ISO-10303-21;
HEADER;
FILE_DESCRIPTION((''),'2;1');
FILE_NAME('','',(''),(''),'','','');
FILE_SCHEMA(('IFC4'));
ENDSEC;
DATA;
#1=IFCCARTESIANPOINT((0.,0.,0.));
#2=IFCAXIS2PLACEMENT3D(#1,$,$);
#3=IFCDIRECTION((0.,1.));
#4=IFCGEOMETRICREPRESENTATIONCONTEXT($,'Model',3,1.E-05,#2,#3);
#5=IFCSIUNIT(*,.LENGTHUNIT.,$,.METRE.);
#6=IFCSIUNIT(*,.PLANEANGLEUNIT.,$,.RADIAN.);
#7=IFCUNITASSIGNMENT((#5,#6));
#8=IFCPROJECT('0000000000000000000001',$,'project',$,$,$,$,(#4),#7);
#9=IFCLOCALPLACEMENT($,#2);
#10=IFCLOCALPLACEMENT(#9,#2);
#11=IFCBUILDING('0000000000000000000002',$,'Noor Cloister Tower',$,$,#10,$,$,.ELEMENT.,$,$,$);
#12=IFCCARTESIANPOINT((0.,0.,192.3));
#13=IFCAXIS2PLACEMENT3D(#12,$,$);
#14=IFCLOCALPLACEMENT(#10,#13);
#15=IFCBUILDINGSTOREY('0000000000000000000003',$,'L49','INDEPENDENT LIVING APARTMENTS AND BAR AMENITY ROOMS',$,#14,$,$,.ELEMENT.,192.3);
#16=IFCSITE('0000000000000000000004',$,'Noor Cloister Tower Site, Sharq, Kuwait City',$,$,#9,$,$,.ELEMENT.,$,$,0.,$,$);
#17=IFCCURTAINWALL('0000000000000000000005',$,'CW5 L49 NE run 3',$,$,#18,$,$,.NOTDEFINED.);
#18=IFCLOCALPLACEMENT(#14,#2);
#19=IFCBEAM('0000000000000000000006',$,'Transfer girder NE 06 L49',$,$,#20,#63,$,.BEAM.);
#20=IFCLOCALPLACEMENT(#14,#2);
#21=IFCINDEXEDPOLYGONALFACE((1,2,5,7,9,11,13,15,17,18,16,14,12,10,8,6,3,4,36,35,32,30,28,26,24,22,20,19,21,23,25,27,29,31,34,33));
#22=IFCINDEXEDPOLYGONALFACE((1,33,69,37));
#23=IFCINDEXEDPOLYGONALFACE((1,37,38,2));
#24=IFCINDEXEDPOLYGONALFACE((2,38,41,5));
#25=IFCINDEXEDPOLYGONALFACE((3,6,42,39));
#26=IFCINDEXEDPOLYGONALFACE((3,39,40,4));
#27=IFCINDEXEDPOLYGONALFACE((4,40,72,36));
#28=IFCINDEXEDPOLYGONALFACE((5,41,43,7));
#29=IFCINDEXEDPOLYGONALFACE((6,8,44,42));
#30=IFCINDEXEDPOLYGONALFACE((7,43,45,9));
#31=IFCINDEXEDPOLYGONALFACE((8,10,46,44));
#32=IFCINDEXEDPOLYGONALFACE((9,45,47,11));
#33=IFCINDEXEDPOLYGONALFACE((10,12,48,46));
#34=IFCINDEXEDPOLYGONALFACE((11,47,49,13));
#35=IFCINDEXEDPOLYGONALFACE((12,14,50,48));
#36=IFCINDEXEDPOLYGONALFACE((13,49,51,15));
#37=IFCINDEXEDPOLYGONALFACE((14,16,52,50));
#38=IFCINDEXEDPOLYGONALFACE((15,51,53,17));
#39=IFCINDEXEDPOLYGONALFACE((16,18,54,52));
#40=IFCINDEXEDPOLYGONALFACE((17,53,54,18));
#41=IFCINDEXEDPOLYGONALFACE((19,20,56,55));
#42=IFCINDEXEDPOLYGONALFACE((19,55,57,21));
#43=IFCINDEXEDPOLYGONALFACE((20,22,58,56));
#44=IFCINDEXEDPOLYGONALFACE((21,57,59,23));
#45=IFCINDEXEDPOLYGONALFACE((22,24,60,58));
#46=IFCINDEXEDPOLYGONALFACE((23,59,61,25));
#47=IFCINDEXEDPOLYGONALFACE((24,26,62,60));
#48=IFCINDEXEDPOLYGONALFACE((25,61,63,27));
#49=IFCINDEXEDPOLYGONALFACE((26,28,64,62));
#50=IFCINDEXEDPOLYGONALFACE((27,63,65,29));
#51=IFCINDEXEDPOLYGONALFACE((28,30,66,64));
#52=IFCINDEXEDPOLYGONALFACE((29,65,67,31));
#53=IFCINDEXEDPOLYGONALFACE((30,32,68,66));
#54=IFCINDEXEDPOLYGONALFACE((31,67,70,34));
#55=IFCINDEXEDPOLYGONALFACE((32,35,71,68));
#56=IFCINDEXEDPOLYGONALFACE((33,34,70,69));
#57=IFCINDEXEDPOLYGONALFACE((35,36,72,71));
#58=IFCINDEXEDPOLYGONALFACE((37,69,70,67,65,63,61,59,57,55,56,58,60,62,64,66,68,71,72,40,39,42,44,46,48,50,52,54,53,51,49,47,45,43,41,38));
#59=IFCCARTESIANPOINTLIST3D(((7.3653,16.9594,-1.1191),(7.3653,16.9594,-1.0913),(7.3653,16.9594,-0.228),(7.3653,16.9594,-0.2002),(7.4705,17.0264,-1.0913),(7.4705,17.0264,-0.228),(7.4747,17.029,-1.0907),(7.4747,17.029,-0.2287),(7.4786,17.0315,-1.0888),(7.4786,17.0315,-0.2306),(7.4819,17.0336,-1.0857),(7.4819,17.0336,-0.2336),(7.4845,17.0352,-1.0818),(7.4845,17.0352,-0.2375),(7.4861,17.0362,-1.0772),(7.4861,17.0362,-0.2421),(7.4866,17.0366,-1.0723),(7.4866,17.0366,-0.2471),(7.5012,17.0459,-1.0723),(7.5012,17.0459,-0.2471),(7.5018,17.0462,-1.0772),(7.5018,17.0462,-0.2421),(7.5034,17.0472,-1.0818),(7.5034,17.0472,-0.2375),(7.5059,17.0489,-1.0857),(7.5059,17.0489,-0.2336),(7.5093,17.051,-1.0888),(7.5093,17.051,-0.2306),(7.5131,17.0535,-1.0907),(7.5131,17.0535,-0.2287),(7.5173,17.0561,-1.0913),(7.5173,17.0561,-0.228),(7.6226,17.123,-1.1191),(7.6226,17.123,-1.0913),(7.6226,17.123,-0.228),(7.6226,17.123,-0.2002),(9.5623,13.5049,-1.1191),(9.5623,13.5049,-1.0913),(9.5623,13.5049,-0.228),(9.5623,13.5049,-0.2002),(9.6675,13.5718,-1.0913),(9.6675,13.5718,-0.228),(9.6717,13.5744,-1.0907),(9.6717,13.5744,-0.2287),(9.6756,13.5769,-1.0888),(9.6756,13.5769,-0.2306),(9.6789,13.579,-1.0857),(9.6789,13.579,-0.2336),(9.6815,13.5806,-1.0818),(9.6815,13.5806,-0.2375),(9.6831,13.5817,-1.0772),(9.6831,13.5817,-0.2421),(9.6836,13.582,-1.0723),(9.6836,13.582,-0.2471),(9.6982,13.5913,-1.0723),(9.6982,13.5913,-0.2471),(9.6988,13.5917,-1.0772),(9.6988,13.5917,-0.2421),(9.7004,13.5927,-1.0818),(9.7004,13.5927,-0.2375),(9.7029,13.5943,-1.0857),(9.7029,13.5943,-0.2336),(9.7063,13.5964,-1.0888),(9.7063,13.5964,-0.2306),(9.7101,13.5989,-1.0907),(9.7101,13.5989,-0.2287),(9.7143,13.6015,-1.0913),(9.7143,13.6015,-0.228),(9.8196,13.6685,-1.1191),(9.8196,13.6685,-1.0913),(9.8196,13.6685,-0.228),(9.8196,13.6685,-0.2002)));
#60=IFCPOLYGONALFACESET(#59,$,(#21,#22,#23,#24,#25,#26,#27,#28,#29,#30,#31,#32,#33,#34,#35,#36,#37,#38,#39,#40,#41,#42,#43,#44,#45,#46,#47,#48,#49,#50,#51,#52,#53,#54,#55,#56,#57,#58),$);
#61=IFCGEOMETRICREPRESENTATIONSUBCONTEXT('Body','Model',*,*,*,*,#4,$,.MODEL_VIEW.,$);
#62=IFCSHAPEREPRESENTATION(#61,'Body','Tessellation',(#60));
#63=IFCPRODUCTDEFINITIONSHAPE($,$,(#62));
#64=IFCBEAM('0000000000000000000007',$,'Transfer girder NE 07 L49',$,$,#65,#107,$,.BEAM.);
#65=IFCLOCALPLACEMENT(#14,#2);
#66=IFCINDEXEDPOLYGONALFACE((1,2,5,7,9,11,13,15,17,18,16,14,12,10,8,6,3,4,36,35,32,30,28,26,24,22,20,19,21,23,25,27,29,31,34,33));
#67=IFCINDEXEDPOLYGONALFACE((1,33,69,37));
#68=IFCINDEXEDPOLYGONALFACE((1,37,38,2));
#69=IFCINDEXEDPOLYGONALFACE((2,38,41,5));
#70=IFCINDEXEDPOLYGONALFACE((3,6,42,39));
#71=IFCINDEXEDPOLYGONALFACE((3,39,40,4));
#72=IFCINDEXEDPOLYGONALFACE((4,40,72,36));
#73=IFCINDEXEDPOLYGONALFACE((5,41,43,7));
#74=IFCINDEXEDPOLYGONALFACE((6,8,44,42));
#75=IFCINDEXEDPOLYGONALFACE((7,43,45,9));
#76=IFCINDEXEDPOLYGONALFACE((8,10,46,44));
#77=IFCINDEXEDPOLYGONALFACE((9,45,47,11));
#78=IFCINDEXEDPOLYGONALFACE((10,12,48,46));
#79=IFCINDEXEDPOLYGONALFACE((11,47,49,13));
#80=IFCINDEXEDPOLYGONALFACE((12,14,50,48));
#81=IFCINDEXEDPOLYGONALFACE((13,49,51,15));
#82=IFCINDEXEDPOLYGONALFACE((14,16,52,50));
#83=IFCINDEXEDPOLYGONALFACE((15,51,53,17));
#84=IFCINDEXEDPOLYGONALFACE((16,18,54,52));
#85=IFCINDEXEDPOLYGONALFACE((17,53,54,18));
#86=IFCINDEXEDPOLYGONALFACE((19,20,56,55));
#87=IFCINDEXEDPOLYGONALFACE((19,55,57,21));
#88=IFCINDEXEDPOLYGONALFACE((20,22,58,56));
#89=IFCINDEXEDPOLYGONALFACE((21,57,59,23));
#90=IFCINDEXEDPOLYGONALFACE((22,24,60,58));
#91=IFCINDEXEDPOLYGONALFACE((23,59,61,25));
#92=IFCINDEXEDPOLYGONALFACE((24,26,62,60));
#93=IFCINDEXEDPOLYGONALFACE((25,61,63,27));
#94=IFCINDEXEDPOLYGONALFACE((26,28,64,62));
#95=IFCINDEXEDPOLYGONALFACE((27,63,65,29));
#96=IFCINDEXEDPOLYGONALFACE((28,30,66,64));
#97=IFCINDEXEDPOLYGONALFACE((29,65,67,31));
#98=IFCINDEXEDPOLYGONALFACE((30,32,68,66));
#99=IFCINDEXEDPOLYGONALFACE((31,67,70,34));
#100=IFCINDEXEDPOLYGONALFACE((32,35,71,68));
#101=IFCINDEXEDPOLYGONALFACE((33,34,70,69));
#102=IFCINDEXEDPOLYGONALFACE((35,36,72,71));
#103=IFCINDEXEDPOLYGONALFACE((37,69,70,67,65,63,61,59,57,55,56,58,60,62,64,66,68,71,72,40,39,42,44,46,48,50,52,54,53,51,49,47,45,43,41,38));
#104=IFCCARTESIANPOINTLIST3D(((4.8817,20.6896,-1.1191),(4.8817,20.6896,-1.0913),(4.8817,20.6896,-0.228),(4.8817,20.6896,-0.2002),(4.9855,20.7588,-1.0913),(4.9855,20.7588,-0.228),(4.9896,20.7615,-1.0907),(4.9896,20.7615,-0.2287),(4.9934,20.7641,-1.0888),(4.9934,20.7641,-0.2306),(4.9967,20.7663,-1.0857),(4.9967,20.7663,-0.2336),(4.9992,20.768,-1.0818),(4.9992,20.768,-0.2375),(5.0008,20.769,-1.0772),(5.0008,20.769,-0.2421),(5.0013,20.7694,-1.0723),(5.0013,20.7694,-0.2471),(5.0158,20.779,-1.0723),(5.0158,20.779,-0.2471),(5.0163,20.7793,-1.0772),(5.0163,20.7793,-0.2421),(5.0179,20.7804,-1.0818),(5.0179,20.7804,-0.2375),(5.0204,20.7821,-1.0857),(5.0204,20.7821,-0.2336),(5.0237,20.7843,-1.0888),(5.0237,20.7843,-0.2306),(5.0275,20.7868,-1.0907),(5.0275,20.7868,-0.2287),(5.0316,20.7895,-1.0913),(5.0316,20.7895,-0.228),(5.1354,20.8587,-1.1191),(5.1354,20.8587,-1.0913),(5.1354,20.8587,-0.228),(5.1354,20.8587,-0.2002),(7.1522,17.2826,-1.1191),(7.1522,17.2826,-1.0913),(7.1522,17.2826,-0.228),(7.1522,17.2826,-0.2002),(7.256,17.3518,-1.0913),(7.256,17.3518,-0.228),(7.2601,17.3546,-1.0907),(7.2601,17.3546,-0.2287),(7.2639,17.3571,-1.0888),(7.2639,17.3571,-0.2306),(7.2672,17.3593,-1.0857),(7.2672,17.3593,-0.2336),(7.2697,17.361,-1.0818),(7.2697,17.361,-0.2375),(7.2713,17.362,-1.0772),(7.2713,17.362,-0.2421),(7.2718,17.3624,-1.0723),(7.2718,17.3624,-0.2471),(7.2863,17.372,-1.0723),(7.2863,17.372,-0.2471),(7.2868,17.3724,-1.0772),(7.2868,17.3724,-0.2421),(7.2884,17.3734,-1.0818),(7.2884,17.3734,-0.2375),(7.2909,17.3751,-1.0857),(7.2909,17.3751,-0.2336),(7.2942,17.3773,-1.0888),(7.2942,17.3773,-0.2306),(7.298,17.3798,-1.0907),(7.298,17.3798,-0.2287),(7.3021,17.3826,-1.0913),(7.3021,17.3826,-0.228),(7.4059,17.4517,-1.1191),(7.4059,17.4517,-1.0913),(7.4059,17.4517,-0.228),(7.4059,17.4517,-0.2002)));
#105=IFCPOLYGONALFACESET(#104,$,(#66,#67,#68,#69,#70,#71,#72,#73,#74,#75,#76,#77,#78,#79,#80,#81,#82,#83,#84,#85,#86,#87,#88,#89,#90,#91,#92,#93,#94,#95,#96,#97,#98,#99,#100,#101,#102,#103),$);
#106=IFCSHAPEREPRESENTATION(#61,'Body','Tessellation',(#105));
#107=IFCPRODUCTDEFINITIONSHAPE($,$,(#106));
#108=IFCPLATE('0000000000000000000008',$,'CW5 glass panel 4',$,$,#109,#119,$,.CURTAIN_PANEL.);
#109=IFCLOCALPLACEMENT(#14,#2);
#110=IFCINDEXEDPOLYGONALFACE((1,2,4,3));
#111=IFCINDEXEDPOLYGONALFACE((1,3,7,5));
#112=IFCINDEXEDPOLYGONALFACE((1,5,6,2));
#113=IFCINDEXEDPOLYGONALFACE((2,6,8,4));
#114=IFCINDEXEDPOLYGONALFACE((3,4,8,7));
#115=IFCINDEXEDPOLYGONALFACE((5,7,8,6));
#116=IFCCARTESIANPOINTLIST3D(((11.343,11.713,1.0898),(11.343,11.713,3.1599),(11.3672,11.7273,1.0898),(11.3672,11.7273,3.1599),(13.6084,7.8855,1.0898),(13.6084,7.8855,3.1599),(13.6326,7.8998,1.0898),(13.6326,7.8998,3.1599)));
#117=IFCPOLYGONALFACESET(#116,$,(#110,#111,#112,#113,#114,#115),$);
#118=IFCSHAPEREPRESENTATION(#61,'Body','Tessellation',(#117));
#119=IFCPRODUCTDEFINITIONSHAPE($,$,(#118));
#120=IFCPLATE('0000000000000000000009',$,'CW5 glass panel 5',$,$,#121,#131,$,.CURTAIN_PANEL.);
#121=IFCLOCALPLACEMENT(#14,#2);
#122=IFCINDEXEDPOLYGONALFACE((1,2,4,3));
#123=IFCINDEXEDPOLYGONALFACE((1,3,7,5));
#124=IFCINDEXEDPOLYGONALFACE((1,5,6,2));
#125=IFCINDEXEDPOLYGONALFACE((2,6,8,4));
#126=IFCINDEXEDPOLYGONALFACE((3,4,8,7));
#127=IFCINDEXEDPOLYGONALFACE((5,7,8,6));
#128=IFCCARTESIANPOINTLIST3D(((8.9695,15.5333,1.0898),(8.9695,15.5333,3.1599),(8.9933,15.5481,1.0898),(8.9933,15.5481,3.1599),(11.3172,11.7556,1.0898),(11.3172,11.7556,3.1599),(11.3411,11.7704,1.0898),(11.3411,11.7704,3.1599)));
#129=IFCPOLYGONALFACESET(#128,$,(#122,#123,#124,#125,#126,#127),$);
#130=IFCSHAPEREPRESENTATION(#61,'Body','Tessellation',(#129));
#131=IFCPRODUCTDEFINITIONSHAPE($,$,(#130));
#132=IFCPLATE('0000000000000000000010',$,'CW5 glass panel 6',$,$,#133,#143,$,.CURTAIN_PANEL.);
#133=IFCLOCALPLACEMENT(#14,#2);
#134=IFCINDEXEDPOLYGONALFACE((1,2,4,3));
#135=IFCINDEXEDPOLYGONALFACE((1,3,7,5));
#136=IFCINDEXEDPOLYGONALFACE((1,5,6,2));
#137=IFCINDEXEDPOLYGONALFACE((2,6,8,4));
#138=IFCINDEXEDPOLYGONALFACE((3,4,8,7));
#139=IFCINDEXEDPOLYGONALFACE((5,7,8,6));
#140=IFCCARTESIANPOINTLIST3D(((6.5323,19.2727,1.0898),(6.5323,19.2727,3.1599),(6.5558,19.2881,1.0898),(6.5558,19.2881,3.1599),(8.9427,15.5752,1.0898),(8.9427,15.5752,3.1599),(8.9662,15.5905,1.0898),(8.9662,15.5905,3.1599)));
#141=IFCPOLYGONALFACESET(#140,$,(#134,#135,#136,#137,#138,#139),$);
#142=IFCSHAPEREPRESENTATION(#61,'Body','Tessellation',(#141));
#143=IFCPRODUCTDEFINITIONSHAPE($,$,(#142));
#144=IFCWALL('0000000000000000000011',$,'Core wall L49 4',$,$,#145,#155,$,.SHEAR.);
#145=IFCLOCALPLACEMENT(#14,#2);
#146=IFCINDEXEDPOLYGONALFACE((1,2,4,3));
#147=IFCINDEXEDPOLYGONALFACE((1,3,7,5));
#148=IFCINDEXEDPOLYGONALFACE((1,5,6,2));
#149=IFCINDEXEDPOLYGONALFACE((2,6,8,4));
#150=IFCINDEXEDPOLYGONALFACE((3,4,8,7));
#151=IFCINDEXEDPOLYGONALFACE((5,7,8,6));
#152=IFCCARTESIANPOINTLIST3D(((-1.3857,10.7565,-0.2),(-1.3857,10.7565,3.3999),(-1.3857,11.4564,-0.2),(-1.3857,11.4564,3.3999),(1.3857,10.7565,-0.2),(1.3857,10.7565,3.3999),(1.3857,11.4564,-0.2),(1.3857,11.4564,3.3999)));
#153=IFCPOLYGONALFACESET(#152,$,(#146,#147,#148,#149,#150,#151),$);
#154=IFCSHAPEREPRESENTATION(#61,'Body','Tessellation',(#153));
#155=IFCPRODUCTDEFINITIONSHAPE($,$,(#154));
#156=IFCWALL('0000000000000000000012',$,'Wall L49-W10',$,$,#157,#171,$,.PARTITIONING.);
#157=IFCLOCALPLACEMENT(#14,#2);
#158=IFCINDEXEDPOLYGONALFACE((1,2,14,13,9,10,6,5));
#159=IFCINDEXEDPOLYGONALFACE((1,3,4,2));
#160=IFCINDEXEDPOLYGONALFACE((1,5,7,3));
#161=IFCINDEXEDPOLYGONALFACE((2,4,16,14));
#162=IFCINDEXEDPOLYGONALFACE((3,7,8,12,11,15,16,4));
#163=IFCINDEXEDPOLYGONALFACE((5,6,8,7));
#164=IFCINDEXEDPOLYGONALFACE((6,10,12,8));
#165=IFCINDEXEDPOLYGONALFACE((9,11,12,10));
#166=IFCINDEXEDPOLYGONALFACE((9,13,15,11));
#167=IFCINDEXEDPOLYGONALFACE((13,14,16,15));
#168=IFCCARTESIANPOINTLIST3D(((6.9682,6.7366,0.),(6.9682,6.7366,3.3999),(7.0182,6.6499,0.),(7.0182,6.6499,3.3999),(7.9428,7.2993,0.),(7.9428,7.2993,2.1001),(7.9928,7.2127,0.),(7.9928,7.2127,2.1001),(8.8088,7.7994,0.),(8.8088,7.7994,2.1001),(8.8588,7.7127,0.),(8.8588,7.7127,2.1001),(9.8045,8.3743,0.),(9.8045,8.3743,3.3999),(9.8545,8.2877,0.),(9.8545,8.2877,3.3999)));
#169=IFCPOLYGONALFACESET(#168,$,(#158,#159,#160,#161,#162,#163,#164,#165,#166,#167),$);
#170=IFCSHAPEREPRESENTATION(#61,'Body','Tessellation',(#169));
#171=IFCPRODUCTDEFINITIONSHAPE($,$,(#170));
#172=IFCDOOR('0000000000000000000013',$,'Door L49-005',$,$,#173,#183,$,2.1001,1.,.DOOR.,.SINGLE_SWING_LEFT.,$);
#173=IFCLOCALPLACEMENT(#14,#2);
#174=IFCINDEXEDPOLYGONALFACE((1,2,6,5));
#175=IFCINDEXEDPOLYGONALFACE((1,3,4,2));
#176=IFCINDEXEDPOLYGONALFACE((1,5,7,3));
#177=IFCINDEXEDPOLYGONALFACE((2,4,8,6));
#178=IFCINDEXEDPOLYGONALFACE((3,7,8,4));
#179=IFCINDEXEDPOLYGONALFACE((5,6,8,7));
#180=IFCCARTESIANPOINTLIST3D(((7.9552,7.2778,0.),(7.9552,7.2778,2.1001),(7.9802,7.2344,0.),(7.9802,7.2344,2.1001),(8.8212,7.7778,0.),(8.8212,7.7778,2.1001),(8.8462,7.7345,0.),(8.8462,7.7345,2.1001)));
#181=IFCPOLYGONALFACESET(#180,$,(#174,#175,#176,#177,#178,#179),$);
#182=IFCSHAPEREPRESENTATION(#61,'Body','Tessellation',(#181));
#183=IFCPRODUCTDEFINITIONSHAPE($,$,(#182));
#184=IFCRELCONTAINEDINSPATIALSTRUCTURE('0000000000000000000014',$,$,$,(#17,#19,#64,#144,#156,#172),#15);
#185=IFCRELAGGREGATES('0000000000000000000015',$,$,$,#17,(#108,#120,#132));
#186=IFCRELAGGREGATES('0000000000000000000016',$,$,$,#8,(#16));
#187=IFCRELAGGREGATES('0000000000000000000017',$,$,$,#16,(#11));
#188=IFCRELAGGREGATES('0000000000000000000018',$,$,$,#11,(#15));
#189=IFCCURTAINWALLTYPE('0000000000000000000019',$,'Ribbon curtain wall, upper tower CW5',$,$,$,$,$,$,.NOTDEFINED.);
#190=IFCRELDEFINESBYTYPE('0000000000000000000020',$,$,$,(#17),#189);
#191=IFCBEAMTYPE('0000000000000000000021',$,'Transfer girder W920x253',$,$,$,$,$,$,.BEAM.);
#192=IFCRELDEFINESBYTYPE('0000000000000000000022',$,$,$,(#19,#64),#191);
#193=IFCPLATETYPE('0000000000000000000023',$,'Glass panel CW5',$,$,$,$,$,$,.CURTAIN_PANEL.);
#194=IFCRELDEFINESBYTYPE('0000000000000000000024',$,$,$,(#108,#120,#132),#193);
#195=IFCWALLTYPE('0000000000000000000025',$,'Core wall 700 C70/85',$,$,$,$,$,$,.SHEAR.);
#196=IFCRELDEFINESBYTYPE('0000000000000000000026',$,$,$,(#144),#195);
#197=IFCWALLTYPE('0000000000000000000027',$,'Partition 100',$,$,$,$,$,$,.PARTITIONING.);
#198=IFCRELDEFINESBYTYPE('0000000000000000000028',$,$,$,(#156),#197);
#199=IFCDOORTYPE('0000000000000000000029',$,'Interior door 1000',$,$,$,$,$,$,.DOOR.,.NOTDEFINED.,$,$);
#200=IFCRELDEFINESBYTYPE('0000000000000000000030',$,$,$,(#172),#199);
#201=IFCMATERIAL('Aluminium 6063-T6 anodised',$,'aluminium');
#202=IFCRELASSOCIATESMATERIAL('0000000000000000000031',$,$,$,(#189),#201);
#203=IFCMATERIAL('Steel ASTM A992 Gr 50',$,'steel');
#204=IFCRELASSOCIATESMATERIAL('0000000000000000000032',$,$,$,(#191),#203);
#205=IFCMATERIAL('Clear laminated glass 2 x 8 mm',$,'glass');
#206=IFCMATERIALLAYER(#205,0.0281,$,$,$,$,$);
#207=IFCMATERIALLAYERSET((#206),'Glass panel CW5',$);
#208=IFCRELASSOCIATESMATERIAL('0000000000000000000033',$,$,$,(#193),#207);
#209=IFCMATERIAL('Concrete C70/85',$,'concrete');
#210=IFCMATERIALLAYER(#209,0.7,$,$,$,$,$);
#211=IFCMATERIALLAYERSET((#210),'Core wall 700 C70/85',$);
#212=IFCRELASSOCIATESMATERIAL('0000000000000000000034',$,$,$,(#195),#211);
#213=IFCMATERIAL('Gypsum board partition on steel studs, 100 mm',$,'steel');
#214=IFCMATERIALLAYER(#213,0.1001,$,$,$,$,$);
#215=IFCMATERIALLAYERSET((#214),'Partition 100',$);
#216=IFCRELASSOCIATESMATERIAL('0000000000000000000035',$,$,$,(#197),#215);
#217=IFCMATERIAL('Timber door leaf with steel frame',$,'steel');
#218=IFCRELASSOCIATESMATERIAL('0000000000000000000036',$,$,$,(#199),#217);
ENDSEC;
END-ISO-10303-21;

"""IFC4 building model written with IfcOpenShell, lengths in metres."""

from ifc_helpers import new_model, si_unit, direction, frame, frame_2d, origin, origin_2d, place, context, subcontext, project, spatial, rectangle, i_section, extrude, material, layer, layer_set, material_profile, profile_set, type_object, element, fill, aggregate, save


model = new_model("IFC4")

# Units and contexts
model_context = context("Model", 3, precision=1e-05, world=origin(), true_north=direction((0.0, 1.0)))
body_context = subcontext(model_context, "Body", "Model", "MODEL_VIEW")
ifc_project = project(units=[si_unit("LENGTHUNIT", "METRE"), si_unit("PLANEANGLEUNIT", "RADIAN")], contexts=[model_context])

# Site, building, storey
site_placement = place(None, origin())
site = spatial("IfcSite", under=ifc_project, at=site_placement, Name="Noor Cloister Tower Site, Sharq, Kuwait City", CompositionType="ELEMENT", RefElevation=0.0)
building_placement = place(site_placement, origin())
building = spatial("IfcBuilding", under=site, at=building_placement, Name="Noor Cloister Tower", CompositionType="ELEMENT")
storey_placement = place(building_placement, frame((0.0, 0.0, 192.3)))
storey = spatial("IfcBuildingStorey", under=building, at=storey_placement, Name="L49", Description="INDEPENDENT LIVING APARTMENTS AND BAR AMENITY ROOMS", CompositionType="ELEMENT", Elevation=192.3)

# Curtain wall
ifc_material_1 = material(Name="Aluminium 6063-T6 anodised", Category="aluminium")
curtain_wall_type = type_object("IfcCurtainWallType", Name="Ribbon curtain wall, upper tower CW5", PredefinedType="NOTDEFINED", material=ifc_material_1)
curtain_wall_placement = place(storey_placement, origin())
curtain_wall = element("IfcCurtainWall", 1, at=curtain_wall_placement, inside=storey, type_object=curtain_wall_type, Name="CW5 L49 NE run 3", PredefinedType="NOTDEFINED")

# Beams
ifc_material_2 = material(Name="Steel ASTM A992 Gr 50", Category="steel")
ifc_material_profile_1 = material_profile(ifc_material_2, i_section(OverallWidth=0.3049, OverallDepth=0.9189, WebThickness=0.0173, FlangeThickness=0.0278, FilletRadius=0.019, at=origin_2d()), Name="W920x253")
ifc_profile_set_1 = profile_set([ifc_material_profile_1], Name="Steel ASTM A992 Gr 50")
beam_type_1 = type_object("IfcBeamType", Name="Transfer girder W920x253", PredefinedType="BEAM", material=ifc_profile_set_1)
beam_1_placement = place(storey_placement, frame((9.6909, 13.5867, -0.6597), z_axis=(-0.53664, 0.843811, 0.0), x_axis=(-0.843811, -0.53664, 0.0)))
element("IfcBeam", 2, at=beam_1_placement, inside=storey, type_object=beam_type_1, Name="Transfer girder NE 06 L49", PredefinedType="BEAM", context=body_context, shape_type="SweptSolid", body=[
    extrude(i_section(OverallWidth=0.3049, OverallDepth=0.9189, WebThickness=0.0173, FlangeThickness=0.0278, FilletRadius=0.019, at=origin_2d()), origin(), (0.0, 0.0, 1.0), 4.094),
])
beam_2_placement = place(storey_placement, frame((7.2791, 17.3672, -0.6597), z_axis=(-0.554563, 0.832142, 0.0), x_axis=(-0.832142, -0.554563, 0.0)))
element("IfcBeam", 3, at=beam_2_placement, inside=storey, type_object=beam_type_1, Name="Transfer girder NE 07 L49", PredefinedType="BEAM", context=body_context, shape_type="SweptSolid", body=[
    extrude(i_section(OverallWidth=0.3049, OverallDepth=0.9189, WebThickness=0.0173, FlangeThickness=0.0278, FilletRadius=0.019, at=origin_2d()), origin(), (0.0, 0.0, 1.0), 4.0942),
])

# Plates
ifc_material_3 = material(Name="Clear laminated glass 2 x 8 mm", Category="glass")
ifc_layer_1 = layer(ifc_material_3, 0.0281)
ifc_layer_set_1 = layer_set([ifc_layer_1], Name="Glass panel CW5")
plate_type = type_object("IfcPlateType", Name="Glass panel CW5", PredefinedType="CURTAIN_PANEL", material=ifc_layer_set_1)
plate_1_placement = place(storey_placement, frame((12.4878, 9.8064, 1.0898), z_axis=(0.0, 0.0, 1.0), x_axis=(-0.509341, 0.860565, 0.0)))
plate_1 = element("IfcPlate", 4, at=plate_1_placement, type_object=plate_type, Name="CW5 glass panel 4", PredefinedType="CURTAIN_PANEL", context=body_context, shape_type="SweptSolid", body=[
    extrude(rectangle(XDim=4.4478, YDim=0.0281, at=origin_2d()), origin(), (0.0, 0.0, 1.0), 2.0701),
])
plate_2_placement = place(storey_placement, frame((10.1553, 13.6519, 1.0898), z_axis=(0.0, 0.0, 1.0), x_axis=(-0.527843, 0.849342, 0.0)))
plate_2 = element("IfcPlate", 5, at=plate_2_placement, type_object=plate_type, Name="CW5 glass panel 5", PredefinedType="CURTAIN_PANEL", context=body_context, shape_type="SweptSolid", body=[
    extrude(rectangle(XDim=4.4478, YDim=0.0281, at=origin_2d()), origin(), (0.0, 0.0, 1.0), 2.0701),
])
plate_3_placement = place(storey_placement, frame((7.7493, 17.4316, 1.0898), z_axis=(0.0, 0.0, 1.0), x_axis=(-0.546098, 0.837721, 0.0)))
plate_3 = element("IfcPlate", 6, at=plate_3_placement, type_object=plate_type, Name="CW5 glass panel 6", PredefinedType="CURTAIN_PANEL", context=body_context, shape_type="SweptSolid", body=[
    extrude(rectangle(XDim=4.4138, YDim=0.0281, at=origin_2d()), origin(), (0.0, 0.0, 1.0), 2.0701),
])
aggregate(curtain_wall, [plate_1, plate_2, plate_3])

# Wall
ifc_material_4 = material(Name="Concrete C70/85", Category="concrete")
ifc_layer_2 = layer(ifc_material_4, 0.7)
ifc_layer_set_2 = layer_set([ifc_layer_2], Name="Core wall 700 C70/85")
wall_type_1 = type_object("IfcWallType", Name="Core wall 700 C70/85", PredefinedType="SHEAR", material=ifc_layer_set_2)
wall_1_placement = place(storey_placement, frame((1.3857, 11.1064, -0.2), z_axis=(0.0, 0.0, 1.0), x_axis=(-1.0, 0.0, 0.0)))
element("IfcWall", 7, at=wall_1_placement, inside=storey, type_object=wall_type_1, Name="Core wall L49 4", PredefinedType="SHEAR", context=body_context, shape_type="SweptSolid", body=[
    extrude(rectangle(XDim=2.7715, YDim=0.7, at=frame_2d((1.3857, 0.0))), origin(), (0.0, 0.0, 1.0), 3.5999),
])

# Wall, opening, door
ifc_material_5 = material(Name="Gypsum board partition on steel studs, 100 mm", Category="steel")
ifc_layer_3 = layer(ifc_material_5, 0.1001)
ifc_layer_set_3 = layer_set([ifc_layer_3], Name="Partition 100")
wall_type_2 = type_object("IfcWallType", Name="Partition 100", PredefinedType="PARTITIONING", material=ifc_layer_set_3)
wall_2_placement = place(storey_placement, frame((9.8296, 8.3311, 0.0), z_axis=(0.0, 0.0, 1.0), x_axis=(-0.865996, -0.500052, 0.0)))
wall_2 = element("IfcWall", 8, at=wall_2_placement, inside=storey, type_object=wall_type_2, Name="Wall L49-W10", PredefinedType="PARTITIONING", context=body_context, shape_type="SweptSolid", body=[
    extrude(rectangle(XDim=3.2751, YDim=0.1001, at=frame_2d((1.6377, 0.0))), origin(), (0.0, 0.0, 1.0), 3.3999),
])
opening_1_placement = place(wall_2_placement, frame((1.1499, 0.0, 0.0)))
opening_1 = element("IfcOpeningElement", 9, at=opening_1_placement, cuts=wall_2, PredefinedType="OPENING", context=body_context, shape_type="SweptSolid", body=[
    extrude(rectangle(XDim=1.0, YDim=2.1001, at=frame_2d((0.5, 1.05))), frame((0.0, 0.0601, 0.0), z_axis=(0.0, -1.0, 0.0), x_axis=(1.0, 0.0, 0.0)), (0.0, 0.0, 1.0), 0.1201),
])
ifc_material_6 = material(Name="Timber door leaf with steel frame", Category="steel")
door_type_1 = type_object("IfcDoorType", Name="Interior door 1000", OperationType="NOTDEFINED", PredefinedType="DOOR", material=ifc_material_6)
door_1_placement = place(opening_1_placement, origin())
door_1 = element("IfcDoor", 10, at=door_1_placement, inside=storey, type_object=door_type_1, Name="Door L49-005", OperationType="SINGLE_SWING_LEFT", OverallHeight=2.1001, OverallWidth=1.0, PredefinedType="DOOR", context=body_context, shape_type="SweptSolid", body=[
    extrude(rectangle(XDim=1.0, YDim=2.1001, at=frame_2d((0.5, 1.05))), frame((0.0, 0.0249, 0.0), z_axis=(0.0, -1.0, 0.0), x_axis=(1.0, 0.0, 0.0)), (0.0, 0.0, 1.0), 0.05),
])
fill(opening_1, door_1)

save(model, "model.ifc")
